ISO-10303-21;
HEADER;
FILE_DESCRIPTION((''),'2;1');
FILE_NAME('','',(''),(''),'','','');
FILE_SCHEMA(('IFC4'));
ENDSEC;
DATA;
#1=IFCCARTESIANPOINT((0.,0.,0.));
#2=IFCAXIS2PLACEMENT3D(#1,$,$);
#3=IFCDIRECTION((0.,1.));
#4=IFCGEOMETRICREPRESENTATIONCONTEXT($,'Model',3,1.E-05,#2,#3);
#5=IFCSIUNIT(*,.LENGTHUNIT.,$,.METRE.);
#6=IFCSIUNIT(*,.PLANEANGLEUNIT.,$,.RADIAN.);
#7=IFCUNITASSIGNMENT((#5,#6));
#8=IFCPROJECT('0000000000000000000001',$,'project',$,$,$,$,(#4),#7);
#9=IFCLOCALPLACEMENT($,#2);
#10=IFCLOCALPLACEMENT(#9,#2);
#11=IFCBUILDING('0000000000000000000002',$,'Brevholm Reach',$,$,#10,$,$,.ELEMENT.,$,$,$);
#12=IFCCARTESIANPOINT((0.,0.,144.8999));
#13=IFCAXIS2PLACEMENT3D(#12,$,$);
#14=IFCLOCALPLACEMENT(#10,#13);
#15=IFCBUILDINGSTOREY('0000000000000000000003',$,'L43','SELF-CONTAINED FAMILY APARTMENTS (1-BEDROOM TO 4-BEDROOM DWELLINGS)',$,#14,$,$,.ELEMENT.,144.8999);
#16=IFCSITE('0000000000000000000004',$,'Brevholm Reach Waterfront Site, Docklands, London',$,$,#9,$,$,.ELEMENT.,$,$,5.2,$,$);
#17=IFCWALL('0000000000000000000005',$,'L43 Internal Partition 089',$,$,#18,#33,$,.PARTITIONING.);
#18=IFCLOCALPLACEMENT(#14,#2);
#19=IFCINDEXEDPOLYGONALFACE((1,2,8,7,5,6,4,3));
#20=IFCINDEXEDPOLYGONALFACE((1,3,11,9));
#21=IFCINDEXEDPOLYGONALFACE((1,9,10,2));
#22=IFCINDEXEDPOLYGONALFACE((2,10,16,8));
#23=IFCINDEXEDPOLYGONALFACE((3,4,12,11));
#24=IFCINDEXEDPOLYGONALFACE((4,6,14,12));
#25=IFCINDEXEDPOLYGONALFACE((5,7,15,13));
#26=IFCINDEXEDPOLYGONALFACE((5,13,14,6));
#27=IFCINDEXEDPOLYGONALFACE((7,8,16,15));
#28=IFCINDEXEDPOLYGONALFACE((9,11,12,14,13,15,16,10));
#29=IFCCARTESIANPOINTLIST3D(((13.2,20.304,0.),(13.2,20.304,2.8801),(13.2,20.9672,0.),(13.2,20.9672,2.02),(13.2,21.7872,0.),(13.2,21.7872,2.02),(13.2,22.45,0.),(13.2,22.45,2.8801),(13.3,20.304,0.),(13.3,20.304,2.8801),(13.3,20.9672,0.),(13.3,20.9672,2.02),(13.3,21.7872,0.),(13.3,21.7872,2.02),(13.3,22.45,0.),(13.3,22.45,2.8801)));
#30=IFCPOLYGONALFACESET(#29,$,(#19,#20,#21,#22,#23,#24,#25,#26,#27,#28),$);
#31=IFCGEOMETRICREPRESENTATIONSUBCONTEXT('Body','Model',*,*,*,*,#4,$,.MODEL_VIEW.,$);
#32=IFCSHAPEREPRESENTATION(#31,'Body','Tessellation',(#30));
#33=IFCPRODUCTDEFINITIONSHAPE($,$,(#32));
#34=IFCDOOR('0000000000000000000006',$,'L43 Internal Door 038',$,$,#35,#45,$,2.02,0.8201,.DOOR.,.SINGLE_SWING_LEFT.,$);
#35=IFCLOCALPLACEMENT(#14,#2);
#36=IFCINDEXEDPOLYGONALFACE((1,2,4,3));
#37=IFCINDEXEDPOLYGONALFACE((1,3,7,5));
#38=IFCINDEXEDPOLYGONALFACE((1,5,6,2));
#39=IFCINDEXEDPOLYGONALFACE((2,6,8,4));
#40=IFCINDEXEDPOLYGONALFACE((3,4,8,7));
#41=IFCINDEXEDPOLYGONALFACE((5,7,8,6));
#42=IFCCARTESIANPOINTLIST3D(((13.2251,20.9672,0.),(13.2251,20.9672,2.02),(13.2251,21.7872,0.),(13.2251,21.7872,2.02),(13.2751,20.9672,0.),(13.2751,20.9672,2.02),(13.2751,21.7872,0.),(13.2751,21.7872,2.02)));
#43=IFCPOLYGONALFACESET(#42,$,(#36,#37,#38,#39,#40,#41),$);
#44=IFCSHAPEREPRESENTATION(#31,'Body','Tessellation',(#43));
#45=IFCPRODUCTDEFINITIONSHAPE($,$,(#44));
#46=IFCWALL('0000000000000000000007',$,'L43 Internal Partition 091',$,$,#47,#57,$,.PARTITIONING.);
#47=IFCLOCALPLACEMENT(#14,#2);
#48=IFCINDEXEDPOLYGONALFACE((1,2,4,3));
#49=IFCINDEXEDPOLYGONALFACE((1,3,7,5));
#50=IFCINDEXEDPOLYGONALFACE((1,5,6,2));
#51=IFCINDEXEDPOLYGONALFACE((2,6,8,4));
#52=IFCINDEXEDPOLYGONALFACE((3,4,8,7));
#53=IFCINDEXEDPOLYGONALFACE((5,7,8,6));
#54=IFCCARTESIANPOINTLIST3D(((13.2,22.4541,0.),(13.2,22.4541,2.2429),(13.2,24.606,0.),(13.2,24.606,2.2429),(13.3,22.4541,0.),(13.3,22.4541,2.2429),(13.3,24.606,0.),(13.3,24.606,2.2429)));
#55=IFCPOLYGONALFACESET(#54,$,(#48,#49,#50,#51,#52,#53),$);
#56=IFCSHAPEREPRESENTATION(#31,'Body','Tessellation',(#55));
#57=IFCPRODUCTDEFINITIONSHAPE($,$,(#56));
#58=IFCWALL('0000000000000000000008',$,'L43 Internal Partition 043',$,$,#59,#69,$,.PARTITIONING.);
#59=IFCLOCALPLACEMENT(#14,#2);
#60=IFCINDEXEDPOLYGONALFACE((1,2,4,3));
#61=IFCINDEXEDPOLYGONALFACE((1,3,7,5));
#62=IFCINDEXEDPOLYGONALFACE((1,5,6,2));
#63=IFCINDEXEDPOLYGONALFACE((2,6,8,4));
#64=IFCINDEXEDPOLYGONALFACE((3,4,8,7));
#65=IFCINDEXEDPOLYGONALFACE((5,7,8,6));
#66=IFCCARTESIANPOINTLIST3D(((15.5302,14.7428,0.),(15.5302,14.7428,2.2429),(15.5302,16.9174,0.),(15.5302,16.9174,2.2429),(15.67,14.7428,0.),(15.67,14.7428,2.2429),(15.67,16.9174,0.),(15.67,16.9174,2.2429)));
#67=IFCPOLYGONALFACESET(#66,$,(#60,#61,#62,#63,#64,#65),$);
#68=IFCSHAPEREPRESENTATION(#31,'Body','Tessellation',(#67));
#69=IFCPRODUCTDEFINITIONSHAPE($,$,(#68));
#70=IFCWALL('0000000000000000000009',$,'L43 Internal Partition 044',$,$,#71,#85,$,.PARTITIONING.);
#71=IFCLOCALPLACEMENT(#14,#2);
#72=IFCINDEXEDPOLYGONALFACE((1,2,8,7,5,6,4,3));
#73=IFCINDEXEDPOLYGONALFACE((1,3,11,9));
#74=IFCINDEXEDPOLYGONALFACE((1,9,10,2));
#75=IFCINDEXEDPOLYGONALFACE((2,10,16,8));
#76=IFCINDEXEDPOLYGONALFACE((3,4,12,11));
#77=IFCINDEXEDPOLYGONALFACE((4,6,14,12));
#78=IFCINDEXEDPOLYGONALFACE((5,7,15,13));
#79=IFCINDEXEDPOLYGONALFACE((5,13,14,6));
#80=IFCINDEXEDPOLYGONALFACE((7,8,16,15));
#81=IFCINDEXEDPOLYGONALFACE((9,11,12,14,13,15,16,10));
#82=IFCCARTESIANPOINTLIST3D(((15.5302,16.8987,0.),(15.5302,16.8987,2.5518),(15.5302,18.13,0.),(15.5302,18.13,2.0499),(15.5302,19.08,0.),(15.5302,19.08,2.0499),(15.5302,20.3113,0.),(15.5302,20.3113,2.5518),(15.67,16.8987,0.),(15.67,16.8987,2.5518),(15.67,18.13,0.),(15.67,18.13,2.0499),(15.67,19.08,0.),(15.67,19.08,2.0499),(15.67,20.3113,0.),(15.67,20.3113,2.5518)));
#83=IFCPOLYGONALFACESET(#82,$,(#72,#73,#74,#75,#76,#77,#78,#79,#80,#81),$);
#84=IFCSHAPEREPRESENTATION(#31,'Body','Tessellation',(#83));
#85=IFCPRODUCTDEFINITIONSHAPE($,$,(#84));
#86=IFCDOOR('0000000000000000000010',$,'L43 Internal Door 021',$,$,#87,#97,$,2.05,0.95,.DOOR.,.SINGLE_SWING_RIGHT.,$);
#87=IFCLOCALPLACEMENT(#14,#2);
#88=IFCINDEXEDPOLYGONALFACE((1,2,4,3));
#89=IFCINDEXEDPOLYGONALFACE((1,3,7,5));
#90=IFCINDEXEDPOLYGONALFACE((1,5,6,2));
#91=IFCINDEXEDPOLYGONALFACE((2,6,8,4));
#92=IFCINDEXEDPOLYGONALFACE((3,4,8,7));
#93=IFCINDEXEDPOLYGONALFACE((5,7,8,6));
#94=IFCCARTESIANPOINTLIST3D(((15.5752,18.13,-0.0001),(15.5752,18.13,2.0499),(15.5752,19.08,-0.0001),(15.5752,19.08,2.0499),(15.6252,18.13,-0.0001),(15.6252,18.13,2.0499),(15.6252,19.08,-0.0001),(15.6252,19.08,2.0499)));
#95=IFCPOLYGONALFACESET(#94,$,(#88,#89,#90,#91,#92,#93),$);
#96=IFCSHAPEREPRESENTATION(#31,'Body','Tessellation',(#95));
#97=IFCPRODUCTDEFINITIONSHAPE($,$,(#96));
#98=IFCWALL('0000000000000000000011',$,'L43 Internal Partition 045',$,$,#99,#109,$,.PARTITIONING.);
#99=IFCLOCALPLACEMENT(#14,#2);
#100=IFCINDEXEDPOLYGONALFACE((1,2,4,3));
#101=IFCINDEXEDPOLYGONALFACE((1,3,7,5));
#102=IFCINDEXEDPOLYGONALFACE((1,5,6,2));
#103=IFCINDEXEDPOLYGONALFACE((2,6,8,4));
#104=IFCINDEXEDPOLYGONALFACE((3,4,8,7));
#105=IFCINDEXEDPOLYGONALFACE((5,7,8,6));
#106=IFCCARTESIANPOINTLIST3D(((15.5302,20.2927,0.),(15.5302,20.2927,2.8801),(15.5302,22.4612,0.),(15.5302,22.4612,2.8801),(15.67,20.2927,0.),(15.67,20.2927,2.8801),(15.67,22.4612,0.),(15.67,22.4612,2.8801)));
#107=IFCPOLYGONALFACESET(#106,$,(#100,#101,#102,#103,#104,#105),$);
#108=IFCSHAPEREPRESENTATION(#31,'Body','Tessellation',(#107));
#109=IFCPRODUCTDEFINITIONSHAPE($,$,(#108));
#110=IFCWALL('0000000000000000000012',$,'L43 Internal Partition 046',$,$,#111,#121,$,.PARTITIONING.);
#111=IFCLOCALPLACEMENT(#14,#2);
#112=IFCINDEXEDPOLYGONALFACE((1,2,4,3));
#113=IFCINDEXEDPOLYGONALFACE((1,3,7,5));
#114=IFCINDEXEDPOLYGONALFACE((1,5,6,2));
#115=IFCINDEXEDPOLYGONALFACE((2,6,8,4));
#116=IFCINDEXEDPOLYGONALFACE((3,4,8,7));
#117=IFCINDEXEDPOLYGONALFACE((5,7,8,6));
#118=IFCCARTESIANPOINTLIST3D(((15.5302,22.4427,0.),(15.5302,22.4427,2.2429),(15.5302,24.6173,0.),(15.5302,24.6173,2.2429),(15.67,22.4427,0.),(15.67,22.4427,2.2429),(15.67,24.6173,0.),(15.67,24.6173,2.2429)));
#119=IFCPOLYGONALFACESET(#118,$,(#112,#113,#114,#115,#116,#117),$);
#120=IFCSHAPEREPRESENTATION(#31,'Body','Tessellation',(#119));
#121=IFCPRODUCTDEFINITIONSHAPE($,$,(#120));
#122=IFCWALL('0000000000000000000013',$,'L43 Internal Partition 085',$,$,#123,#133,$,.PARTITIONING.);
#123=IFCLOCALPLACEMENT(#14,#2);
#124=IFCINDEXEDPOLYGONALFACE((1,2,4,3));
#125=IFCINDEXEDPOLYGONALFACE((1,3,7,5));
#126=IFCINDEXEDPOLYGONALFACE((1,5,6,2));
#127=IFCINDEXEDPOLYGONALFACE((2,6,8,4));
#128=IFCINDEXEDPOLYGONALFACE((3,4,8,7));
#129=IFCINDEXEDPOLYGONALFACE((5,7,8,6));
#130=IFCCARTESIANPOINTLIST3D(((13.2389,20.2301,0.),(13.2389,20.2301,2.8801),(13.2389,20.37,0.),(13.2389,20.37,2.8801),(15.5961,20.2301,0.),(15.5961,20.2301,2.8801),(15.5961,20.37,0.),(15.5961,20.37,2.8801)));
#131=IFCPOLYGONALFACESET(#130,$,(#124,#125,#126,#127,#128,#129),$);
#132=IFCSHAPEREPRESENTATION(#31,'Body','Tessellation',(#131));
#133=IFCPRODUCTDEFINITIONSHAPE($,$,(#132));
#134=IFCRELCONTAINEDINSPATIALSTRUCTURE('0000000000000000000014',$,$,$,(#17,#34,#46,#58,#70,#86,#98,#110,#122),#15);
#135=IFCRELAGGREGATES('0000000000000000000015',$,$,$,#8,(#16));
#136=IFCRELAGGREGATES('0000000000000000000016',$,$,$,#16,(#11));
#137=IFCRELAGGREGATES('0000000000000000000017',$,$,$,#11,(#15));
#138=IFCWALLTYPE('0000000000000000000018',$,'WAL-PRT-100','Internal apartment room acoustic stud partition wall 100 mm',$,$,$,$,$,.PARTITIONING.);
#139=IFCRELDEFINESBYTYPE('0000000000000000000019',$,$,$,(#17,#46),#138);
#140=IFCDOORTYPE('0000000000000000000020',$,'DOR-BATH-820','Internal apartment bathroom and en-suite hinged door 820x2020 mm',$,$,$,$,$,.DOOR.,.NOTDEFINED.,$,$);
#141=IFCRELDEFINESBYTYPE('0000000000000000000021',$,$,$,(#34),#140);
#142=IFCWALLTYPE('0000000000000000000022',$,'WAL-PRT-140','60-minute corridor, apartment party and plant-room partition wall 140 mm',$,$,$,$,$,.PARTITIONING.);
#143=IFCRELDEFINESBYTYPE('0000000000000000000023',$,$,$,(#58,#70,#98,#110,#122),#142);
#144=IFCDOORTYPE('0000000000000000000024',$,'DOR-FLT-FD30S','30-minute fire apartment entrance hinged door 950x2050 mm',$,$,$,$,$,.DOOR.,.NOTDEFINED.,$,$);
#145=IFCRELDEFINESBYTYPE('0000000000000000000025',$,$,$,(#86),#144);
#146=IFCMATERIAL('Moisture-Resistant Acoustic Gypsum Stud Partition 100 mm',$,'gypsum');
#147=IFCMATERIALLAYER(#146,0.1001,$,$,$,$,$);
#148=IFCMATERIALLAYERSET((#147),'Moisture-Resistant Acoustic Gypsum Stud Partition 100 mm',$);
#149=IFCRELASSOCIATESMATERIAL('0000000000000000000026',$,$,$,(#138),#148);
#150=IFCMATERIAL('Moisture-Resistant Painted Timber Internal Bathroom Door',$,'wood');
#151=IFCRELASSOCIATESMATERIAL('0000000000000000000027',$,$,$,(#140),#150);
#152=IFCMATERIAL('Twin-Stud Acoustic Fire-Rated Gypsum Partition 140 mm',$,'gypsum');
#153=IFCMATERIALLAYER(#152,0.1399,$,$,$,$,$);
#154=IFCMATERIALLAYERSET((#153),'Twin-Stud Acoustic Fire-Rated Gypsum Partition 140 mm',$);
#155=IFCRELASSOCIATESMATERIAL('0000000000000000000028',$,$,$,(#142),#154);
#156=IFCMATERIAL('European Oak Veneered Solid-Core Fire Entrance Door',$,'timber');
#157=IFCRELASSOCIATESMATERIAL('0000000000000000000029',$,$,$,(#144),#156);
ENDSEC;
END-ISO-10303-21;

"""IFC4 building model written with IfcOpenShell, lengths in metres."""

from ifc_helpers import new_model, si_unit, direction, frame, frame_2d, origin, place, context, subcontext, project, spatial, rectangle, extrude, material, layer, layer_set, type_object, element, fill, save


model = new_model("IFC4")

# Units and contexts
model_context = context("Model", 3, precision=1e-05, world=origin(), true_north=direction((0.0, 1.0)))
body_context = subcontext(model_context, "Body", "Model", "MODEL_VIEW")
ifc_project = project(units=[si_unit("LENGTHUNIT", "METRE"), si_unit("PLANEANGLEUNIT", "RADIAN")], contexts=[model_context])

# Site, building, storey
site_placement = place(None, origin())
site = spatial("IfcSite", under=ifc_project, at=site_placement, Name="Brevholm Reach Waterfront Site, Docklands, London", CompositionType="ELEMENT", RefElevation=5.2)
building_placement = place(site_placement, origin())
building = spatial("IfcBuilding", under=site, at=building_placement, Name="Brevholm Reach", CompositionType="ELEMENT")
storey_placement = place(building_placement, frame((0.0, 0.0, 144.8999)))
storey = spatial("IfcBuildingStorey", under=building, at=storey_placement, Name="L43", Description="SELF-CONTAINED FAMILY APARTMENTS (1-BEDROOM TO 4-BEDROOM DWELLINGS)", CompositionType="ELEMENT", Elevation=144.8999)

# Shared definitions
ifc_material_1 = material(Name="Moisture-Resistant Acoustic Gypsum Stud Partition 100 mm", Category="gypsum")
ifc_layer_1 = layer(ifc_material_1, 0.1001)
ifc_layer_set_1 = layer_set([ifc_layer_1], Name="Moisture-Resistant Acoustic Gypsum Stud Partition 100 mm")
wall_type_1 = type_object("IfcWallType", Name="WAL-PRT-100", Description="Internal apartment room acoustic stud partition wall 100 mm", PredefinedType="PARTITIONING", material=ifc_layer_set_1)

# Wall, opening, door
wall_1_placement = place(storey_placement, frame((13.25, 20.304, 0.0), z_axis=(0.0, 0.0, 1.0), x_axis=(0.0, 1.0, 0.0)))
wall_1 = element("IfcWall", 1, at=wall_1_placement, inside=storey, type_object=wall_type_1, Name="L43 Internal Partition 089", PredefinedType="PARTITIONING", context=body_context, shape_type="SweptSolid", body=[
    extrude(rectangle(XDim=2.146, YDim=0.1001, at=frame_2d((1.073, 0.0))), origin(), (0.0, 0.0, 1.0), 2.8801),
])
opening_1_placement = place(wall_1_placement, frame((0.6631, 0.0, 0.0)))
opening_1 = element("IfcOpeningElement", 2, at=opening_1_placement, cuts=wall_1, PredefinedType="OPENING", context=body_context, shape_type="SweptSolid", body=[
    extrude(rectangle(XDim=0.8201, YDim=2.02, at=frame_2d((0.4102, 1.01))), frame((0.0, 0.0601, 0.0), z_axis=(0.0, -1.0, 0.0), x_axis=(1.0, 0.0, 0.0)), (0.0, 0.0, 1.0), 0.1201),
])
ifc_material_2 = material(Name="Moisture-Resistant Painted Timber Internal Bathroom Door", Category="wood")
door_type_1 = type_object("IfcDoorType", Name="DOR-BATH-820", Description="Internal apartment bathroom and en-suite hinged door 820x2020 mm", OperationType="NOTDEFINED", PredefinedType="DOOR", material=ifc_material_2)
door_1_placement = place(opening_1_placement, origin())
door_1 = element("IfcDoor", 3, at=door_1_placement, inside=storey, type_object=door_type_1, Name="L43 Internal Door 038", OperationType="SINGLE_SWING_LEFT", OverallHeight=2.02, OverallWidth=0.8201, PredefinedType="DOOR", context=body_context, shape_type="SweptSolid", body=[
    extrude(rectangle(XDim=0.8201, YDim=2.02, at=frame_2d((0.4102, 1.01))), frame((0.0, 0.0249, 0.0), z_axis=(0.0, -1.0, 0.0), x_axis=(1.0, 0.0, 0.0)), (0.0, 0.0, 1.0), 0.05),
])
fill(opening_1, door_1)

# Walls
wall_2_placement = place(storey_placement, frame((13.25, 22.4541, 0.0), z_axis=(0.0, 0.0, 1.0), x_axis=(0.0, 1.0, 0.0)))
element("IfcWall", 4, at=wall_2_placement, inside=storey, type_object=wall_type_1, Name="L43 Internal Partition 091", PredefinedType="PARTITIONING", context=body_context, shape_type="SweptSolid", body=[
    extrude(rectangle(XDim=2.1519, YDim=0.1001, at=frame_2d((1.0759, 0.0))), origin(), (0.0, 0.0, 1.0), 2.2429),
])
ifc_material_3 = material(Name="Twin-Stud Acoustic Fire-Rated Gypsum Partition 140 mm", Category="gypsum")
ifc_layer_2 = layer(ifc_material_3, 0.1399)
ifc_layer_set_2 = layer_set([ifc_layer_2], Name="Twin-Stud Acoustic Fire-Rated Gypsum Partition 140 mm")
wall_type_2 = type_object("IfcWallType", Name="WAL-PRT-140", Description="60-minute corridor, apartment party and plant-room partition wall 140 mm", PredefinedType="PARTITIONING", material=ifc_layer_set_2)
wall_3_placement = place(storey_placement, frame((15.6001, 14.7427, 0.0), z_axis=(0.0, 0.0, 1.0), x_axis=(0.0, 1.0, 0.0)))
element("IfcWall", 5, at=wall_3_placement, inside=storey, type_object=wall_type_2, Name="L43 Internal Partition 043", PredefinedType="PARTITIONING", context=body_context, shape_type="SweptSolid", body=[
    extrude(rectangle(XDim=2.1746, YDim=0.1399, at=frame_2d((1.0874, 0.0))), origin(), (0.0, 0.0, 1.0), 2.2429),
])

# Wall, opening, door
wall_4_placement = place(storey_placement, frame((15.6001, 16.8987, 0.0), z_axis=(0.0, 0.0, 1.0), x_axis=(0.0, 1.0, 0.0)))
wall_4 = element("IfcWall", 6, at=wall_4_placement, inside=storey, type_object=wall_type_2, Name="L43 Internal Partition 044", PredefinedType="PARTITIONING", context=body_context, shape_type="SweptSolid", body=[
    extrude(rectangle(XDim=3.4126, YDim=0.1399, at=frame_2d((1.7063, 0.0))), origin(), (0.0, 0.0, 1.0), 2.5518),
])
opening_2_placement = place(wall_4_placement, frame((1.2312, 0.0, 0.0)))
opening_2 = element("IfcOpeningElement", 7, at=opening_2_placement, cuts=wall_4, PredefinedType="OPENING", context=body_context, shape_type="SweptSolid", body=[
    extrude(rectangle(XDim=0.95, YDim=2.05, at=frame_2d((0.4751, 1.0249))), frame((0.0, 0.0798, 0.0), z_axis=(0.0, -1.0, 0.0), x_axis=(1.0, 0.0, 0.0)), (0.0, 0.0, 1.0), 0.1599),
])
ifc_material_4 = material(Name="European Oak Veneered Solid-Core Fire Entrance Door", Category="timber")
door_type_2 = type_object("IfcDoorType", Name="DOR-FLT-FD30S", Description="30-minute fire apartment entrance hinged door 950x2050 mm", OperationType="NOTDEFINED", PredefinedType="DOOR", material=ifc_material_4)
door_2_placement = place(opening_2_placement, origin())
door_2 = element("IfcDoor", 8, at=door_2_placement, inside=storey, type_object=door_type_2, Name="L43 Internal Door 021", OperationType="SINGLE_SWING_RIGHT", OverallHeight=2.05, OverallWidth=0.95, PredefinedType="DOOR", context=body_context, shape_type="SweptSolid", body=[
    extrude(rectangle(XDim=0.95, YDim=2.05, at=frame_2d((0.4751, 1.0249))), frame((0.0, 0.0249, 0.0), z_axis=(0.0, -1.0, 0.0), x_axis=(1.0, 0.0, 0.0)), (0.0, 0.0, 1.0), 0.05),
])
fill(opening_2, door_2)

# Walls
wall_5_placement = place(storey_placement, frame((15.6001, 20.2927, 0.0), z_axis=(0.0, 0.0, 1.0), x_axis=(0.0, 1.0, 0.0)))
element("IfcWall", 9, at=wall_5_placement, inside=storey, type_object=wall_type_2, Name="L43 Internal Partition 045", PredefinedType="PARTITIONING", context=body_context, shape_type="SweptSolid", body=[
    extrude(rectangle(XDim=2.1685, YDim=0.1399, at=frame_2d((1.0842, 0.0))), origin(), (0.0, 0.0, 1.0), 2.8801),
])
wall_6_placement = place(storey_placement, frame((15.6001, 22.4426, 0.0), z_axis=(0.0, 0.0, 1.0), x_axis=(0.0, 1.0, 0.0)))
element("IfcWall", 10, at=wall_6_placement, inside=storey, type_object=wall_type_2, Name="L43 Internal Partition 046", PredefinedType="PARTITIONING", context=body_context, shape_type="SweptSolid", body=[
    extrude(rectangle(XDim=2.1746, YDim=0.1399, at=frame_2d((1.0874, 0.0))), origin(), (0.0, 0.0, 1.0), 2.2429),
])
wall_7_placement = place(storey_placement, frame((13.2388, 20.3, 0.0), z_axis=(0.0, 0.0, 1.0), x_axis=(1.0, 0.0, 0.0)))
element("IfcWall", 11, at=wall_7_placement, inside=storey, type_object=wall_type_2, Name="L43 Internal Partition 085", PredefinedType="PARTITIONING", context=body_context, shape_type="SweptSolid", body=[
    extrude(rectangle(XDim=2.3572, YDim=0.1399, at=frame_2d((1.1787, 0.0))), origin(), (0.0, 0.0, 1.0), 2.8801),
])

save(model, "model.ifc")
